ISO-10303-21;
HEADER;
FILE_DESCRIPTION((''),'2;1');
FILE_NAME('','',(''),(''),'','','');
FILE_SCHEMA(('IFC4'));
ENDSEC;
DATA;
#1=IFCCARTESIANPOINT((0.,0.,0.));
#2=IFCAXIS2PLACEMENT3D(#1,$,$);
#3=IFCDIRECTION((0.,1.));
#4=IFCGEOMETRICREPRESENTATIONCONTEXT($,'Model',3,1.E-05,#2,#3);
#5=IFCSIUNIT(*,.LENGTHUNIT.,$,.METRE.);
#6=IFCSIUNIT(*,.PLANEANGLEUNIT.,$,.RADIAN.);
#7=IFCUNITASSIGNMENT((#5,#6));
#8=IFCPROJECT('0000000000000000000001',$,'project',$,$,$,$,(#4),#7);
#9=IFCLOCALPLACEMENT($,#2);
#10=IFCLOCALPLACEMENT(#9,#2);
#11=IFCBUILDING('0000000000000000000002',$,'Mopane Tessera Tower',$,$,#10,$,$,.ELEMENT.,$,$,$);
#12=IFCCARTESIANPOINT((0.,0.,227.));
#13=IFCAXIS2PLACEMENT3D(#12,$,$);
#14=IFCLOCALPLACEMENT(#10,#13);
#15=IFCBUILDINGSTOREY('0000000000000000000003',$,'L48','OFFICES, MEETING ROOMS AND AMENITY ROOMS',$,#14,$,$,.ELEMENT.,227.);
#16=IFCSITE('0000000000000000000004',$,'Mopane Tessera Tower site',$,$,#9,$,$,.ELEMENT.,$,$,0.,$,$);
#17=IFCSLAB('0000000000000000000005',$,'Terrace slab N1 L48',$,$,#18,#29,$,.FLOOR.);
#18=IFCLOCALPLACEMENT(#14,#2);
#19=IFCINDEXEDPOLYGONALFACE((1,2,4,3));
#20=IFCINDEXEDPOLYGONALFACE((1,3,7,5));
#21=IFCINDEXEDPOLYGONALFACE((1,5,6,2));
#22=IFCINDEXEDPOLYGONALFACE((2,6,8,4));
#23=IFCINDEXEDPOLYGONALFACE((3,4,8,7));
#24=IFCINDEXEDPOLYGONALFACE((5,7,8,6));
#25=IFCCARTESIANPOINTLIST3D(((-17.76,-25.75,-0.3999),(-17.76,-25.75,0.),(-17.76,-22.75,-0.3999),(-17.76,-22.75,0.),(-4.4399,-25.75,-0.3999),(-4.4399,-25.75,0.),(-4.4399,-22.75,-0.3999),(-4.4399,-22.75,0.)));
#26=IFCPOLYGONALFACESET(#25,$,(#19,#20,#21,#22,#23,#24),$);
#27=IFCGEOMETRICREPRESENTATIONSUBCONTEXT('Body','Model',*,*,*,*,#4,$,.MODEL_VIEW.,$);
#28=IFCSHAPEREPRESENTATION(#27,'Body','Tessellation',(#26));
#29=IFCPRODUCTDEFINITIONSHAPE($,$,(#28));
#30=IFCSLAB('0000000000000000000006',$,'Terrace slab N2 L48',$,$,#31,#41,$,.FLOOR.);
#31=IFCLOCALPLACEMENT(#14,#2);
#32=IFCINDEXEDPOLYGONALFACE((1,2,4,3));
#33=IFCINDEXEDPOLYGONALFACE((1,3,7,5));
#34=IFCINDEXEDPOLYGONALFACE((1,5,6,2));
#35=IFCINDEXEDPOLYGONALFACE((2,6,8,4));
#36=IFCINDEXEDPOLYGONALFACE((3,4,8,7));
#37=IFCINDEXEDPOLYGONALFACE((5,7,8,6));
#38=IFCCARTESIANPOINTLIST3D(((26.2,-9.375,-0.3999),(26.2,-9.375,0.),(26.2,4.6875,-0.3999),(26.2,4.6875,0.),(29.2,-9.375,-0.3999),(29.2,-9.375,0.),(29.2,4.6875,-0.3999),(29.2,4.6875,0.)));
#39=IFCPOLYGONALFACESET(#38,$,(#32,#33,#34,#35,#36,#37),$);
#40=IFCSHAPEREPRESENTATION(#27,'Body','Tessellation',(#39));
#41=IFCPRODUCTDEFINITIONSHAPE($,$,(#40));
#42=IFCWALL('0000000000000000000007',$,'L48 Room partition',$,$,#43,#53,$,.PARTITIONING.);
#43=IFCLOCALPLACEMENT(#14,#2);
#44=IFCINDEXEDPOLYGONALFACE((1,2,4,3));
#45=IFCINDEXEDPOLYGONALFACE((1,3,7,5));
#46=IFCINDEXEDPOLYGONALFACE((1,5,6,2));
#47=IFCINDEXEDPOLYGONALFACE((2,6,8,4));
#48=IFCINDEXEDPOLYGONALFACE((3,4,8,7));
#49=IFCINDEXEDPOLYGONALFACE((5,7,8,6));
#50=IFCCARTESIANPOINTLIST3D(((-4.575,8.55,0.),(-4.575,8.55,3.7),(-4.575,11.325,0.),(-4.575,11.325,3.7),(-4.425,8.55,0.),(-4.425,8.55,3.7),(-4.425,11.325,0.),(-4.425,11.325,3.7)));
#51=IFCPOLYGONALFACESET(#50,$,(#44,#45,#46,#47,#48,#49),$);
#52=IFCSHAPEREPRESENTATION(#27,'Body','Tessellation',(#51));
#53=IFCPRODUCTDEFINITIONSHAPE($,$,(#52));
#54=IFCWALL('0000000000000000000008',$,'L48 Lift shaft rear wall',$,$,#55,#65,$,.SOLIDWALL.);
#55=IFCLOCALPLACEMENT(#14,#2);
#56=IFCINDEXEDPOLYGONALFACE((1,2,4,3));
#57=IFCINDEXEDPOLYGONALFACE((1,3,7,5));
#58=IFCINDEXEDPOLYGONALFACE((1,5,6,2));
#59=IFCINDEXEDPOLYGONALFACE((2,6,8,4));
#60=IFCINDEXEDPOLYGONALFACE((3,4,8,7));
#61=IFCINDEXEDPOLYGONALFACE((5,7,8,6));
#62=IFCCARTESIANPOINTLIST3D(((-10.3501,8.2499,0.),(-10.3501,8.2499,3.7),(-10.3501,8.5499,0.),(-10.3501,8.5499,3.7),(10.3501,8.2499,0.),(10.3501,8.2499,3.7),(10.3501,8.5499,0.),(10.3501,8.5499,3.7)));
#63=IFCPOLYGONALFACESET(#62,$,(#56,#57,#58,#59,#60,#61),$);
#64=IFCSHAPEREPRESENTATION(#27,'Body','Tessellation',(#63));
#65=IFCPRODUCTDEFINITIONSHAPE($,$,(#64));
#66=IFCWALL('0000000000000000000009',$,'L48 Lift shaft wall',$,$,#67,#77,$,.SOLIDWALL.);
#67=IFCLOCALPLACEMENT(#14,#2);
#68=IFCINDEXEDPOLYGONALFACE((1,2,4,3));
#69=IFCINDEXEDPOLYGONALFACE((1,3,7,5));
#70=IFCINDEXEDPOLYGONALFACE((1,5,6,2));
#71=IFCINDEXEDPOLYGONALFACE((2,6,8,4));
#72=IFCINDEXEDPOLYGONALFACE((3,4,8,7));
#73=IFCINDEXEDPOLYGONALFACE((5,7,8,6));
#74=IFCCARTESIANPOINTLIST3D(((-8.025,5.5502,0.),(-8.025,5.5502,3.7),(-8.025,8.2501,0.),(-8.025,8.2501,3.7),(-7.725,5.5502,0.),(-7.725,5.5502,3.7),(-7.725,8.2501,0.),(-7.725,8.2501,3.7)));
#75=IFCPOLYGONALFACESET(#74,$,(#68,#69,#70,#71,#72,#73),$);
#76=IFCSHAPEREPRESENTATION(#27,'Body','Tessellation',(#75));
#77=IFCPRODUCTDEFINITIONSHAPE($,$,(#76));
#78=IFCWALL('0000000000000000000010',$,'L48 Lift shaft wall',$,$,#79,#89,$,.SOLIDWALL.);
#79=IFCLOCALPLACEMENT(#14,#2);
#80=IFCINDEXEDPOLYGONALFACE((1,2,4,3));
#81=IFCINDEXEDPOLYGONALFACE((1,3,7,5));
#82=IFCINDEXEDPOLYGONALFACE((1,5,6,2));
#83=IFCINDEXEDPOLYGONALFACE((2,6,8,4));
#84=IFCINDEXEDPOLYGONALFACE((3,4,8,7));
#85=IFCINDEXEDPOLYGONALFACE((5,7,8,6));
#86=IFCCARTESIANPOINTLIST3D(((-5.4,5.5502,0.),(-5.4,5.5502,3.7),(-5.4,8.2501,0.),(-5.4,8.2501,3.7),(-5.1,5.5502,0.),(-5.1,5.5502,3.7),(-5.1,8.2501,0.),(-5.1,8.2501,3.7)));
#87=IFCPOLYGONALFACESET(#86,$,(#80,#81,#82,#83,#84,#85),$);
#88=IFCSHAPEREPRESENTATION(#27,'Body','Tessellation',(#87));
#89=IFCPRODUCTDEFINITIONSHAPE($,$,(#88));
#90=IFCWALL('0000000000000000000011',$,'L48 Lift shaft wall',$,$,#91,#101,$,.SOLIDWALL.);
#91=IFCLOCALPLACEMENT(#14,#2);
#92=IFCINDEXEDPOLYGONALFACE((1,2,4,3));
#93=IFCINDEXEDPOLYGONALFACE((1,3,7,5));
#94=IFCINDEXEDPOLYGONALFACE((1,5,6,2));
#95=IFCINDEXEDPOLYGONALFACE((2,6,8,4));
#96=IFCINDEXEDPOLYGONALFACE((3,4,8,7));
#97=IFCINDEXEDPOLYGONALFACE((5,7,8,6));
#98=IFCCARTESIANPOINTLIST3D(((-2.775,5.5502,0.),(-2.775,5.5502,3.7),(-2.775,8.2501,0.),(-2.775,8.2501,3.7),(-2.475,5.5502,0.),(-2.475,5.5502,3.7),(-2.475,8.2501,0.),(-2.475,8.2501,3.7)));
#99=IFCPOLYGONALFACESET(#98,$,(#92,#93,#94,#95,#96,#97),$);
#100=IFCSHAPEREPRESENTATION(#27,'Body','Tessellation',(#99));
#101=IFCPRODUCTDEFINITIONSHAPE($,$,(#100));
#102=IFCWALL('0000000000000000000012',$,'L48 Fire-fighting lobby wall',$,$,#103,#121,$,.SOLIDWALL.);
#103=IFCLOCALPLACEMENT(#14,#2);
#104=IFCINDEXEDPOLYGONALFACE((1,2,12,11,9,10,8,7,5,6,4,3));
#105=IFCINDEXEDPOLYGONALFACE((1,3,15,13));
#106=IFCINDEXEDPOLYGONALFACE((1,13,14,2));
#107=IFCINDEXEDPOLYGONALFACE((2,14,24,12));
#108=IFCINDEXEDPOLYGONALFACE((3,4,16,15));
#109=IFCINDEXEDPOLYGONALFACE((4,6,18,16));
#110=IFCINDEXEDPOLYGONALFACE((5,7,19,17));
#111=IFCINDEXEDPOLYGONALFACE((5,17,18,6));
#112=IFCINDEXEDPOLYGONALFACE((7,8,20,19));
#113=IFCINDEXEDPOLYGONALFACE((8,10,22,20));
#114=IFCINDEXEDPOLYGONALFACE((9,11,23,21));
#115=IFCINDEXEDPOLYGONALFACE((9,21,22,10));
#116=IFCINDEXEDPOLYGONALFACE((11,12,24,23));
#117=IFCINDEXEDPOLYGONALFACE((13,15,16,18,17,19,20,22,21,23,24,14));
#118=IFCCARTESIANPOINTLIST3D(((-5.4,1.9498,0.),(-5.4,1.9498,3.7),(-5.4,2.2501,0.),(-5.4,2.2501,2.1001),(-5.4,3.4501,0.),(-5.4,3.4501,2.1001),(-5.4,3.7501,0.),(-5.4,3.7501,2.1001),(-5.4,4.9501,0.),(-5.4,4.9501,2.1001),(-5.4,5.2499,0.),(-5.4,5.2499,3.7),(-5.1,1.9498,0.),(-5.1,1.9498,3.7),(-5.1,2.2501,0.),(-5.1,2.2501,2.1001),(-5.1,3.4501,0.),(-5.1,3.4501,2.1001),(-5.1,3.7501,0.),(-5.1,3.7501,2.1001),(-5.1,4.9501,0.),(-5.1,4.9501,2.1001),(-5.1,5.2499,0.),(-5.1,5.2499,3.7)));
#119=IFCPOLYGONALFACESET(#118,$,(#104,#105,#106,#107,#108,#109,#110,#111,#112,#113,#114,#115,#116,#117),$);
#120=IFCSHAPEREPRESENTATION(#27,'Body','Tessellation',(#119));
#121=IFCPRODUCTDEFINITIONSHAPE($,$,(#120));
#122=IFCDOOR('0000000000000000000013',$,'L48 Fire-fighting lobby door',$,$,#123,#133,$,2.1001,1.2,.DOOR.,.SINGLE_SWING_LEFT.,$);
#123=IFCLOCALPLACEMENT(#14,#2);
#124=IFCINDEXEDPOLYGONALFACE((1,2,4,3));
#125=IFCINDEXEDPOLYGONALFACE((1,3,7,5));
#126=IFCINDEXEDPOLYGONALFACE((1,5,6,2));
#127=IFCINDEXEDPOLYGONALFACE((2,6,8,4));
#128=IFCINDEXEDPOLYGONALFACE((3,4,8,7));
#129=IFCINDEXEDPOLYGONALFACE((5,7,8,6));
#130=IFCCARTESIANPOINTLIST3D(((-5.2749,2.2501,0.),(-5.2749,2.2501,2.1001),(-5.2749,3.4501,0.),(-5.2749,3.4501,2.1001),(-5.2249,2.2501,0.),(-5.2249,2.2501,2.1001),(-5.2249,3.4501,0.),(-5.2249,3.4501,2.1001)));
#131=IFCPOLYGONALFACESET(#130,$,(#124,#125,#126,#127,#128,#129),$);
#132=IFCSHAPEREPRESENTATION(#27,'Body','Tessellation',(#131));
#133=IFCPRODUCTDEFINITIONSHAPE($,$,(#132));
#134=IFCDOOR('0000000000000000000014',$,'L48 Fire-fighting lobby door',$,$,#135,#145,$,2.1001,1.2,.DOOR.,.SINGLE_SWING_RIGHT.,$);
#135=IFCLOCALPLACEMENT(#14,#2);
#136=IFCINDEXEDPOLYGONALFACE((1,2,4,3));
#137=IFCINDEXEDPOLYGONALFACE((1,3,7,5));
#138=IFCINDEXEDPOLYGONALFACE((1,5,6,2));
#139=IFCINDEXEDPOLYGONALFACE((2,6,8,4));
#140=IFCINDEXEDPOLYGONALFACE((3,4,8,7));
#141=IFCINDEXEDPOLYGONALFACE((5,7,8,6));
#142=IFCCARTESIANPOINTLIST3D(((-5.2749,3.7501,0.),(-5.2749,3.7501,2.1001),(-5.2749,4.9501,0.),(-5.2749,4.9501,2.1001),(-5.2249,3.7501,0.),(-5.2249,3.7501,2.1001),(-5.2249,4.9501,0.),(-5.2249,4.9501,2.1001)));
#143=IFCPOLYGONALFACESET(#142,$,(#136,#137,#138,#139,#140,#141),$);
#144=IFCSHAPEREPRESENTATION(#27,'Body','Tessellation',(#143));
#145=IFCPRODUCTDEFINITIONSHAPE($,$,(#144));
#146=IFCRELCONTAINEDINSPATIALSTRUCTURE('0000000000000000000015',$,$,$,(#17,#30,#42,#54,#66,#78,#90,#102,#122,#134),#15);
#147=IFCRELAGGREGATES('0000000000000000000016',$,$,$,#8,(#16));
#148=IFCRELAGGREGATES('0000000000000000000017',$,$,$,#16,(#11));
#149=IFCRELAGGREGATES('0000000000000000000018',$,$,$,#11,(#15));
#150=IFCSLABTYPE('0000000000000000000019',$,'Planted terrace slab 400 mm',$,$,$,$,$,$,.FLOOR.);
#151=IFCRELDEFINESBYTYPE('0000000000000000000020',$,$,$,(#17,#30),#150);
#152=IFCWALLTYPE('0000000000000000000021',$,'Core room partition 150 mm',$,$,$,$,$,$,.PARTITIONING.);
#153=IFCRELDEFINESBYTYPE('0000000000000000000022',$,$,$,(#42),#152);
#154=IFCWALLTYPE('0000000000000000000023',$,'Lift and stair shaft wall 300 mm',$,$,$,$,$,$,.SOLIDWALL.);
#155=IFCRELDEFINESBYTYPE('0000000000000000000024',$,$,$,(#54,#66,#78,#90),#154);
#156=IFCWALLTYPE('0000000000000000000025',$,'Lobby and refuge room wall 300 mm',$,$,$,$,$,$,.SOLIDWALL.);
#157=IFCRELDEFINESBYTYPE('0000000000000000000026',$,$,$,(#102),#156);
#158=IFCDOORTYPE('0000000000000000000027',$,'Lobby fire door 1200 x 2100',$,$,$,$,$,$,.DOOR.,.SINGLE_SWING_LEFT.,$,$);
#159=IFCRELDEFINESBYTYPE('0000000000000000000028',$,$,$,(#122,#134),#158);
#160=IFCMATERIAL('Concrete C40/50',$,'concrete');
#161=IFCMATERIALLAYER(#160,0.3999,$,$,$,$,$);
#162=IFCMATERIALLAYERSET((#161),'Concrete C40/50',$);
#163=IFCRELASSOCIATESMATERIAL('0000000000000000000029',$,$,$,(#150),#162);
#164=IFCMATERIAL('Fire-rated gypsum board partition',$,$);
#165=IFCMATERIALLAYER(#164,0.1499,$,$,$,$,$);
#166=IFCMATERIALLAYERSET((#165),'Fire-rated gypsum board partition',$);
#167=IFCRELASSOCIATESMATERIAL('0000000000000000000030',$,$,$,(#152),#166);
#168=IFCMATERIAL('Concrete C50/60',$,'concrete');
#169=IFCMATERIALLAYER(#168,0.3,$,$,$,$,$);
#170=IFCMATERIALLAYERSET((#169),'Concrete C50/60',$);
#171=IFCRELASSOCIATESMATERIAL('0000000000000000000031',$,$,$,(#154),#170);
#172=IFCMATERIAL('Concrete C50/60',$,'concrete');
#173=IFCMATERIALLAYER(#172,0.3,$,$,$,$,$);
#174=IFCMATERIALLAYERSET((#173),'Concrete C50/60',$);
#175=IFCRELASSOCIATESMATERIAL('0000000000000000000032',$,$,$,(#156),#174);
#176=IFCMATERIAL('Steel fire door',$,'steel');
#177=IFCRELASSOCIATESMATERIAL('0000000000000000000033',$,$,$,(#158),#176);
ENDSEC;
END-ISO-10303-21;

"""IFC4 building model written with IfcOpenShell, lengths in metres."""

from ifc_helpers import new_model, si_unit, direction, frame, frame_2d, origin, place, context, subcontext, project, spatial, polyline, rectangle, outline, extrude, material, layer, layer_set, type_object, element, fill, save


model = new_model("IFC4")

# Units and contexts
model_context = context("Model", 3, precision=1e-05, world=origin(), true_north=direction((0.0, 1.0)))
body_context = subcontext(model_context, "Body", "Model", "MODEL_VIEW")
ifc_project = project(units=[si_unit("LENGTHUNIT", "METRE"), si_unit("PLANEANGLEUNIT", "RADIAN")], contexts=[model_context])

# Site, building, storey
site_placement = place(None, origin())
site = spatial("IfcSite", under=ifc_project, at=site_placement, Name="Mopane Tessera Tower site", CompositionType="ELEMENT", RefElevation=0.0)
building_placement = place(site_placement, origin())
building = spatial("IfcBuilding", under=site, at=building_placement, Name="Mopane Tessera Tower", CompositionType="ELEMENT")
storey_placement = place(building_placement, frame((0.0, 0.0, 227.0)))
storey = spatial("IfcBuildingStorey", under=building, at=storey_placement, Name="L48", Description="OFFICES, MEETING ROOMS AND AMENITY ROOMS", CompositionType="ELEMENT", Elevation=227.0)

# Slabs
ifc_material_1 = material(Name="Concrete C40/50", Category="concrete")
ifc_layer_1 = layer(ifc_material_1, 0.3999)
ifc_layer_set_1 = layer_set([ifc_layer_1], Name="Concrete C40/50")
slab_type = type_object("IfcSlabType", Name="Planted terrace slab 400 mm", PredefinedType="FLOOR", material=ifc_layer_set_1)
slab_1_placement = place(storey_placement, frame((0.0, 0.0, -0.3999)))
element("IfcSlab", 1, at=slab_1_placement, inside=storey, type_object=slab_type, Name="Terrace slab N1 L48", PredefinedType="FLOOR", context=body_context, shape_type="SweptSolid", body=[
    extrude(outline(polyline([(-4.4399, -25.75), (-4.4399, -22.75), (-17.76, -22.75), (-17.76, -25.75), (-4.4399, -25.75)])), origin(), (0.0, 0.0, 1.0), 0.3999),
])
slab_2_placement = place(storey_placement, frame((0.0, 0.0, -0.3999)))
element("IfcSlab", 2, at=slab_2_placement, inside=storey, type_object=slab_type, Name="Terrace slab N2 L48", PredefinedType="FLOOR", context=body_context, shape_type="SweptSolid", body=[
    extrude(outline(polyline([(29.2, 4.6875), (26.2, 4.6875), (26.2, -9.375), (29.2, -9.375), (29.2, 4.6875)])), origin(), (0.0, 0.0, 1.0), 0.3999),
])

# Walls
ifc_material_2 = material(Name="Fire-rated gypsum board partition")
ifc_layer_2 = layer(ifc_material_2, 0.1499)
ifc_layer_set_2 = layer_set([ifc_layer_2], Name="Fire-rated gypsum board partition")
wall_type_1 = type_object("IfcWallType", Name="Core room partition 150 mm", PredefinedType="PARTITIONING", material=ifc_layer_set_2)
wall_1_placement = place(storey_placement, frame((-4.5, 8.55, 0.0), z_axis=(0.0, 0.0, 1.0), x_axis=(0.0, 1.0, 0.0)))
element("IfcWall", 3, at=wall_1_placement, inside=storey, type_object=wall_type_1, Name="L48 Room partition", PredefinedType="PARTITIONING", context=body_context, shape_type="SweptSolid", body=[
    extrude(rectangle(XDim=2.7749, YDim=0.1499, at=frame_2d((1.3875, 0.0))), origin(), (0.0, 0.0, 1.0), 3.7),
])
ifc_material_3 = material(Name="Concrete C50/60", Category="concrete")
ifc_layer_3 = layer(ifc_material_3, 0.3)
ifc_layer_set_3 = layer_set([ifc_layer_3], Name="Concrete C50/60")
wall_type_2 = type_object("IfcWallType", Name="Lift and stair shaft wall 300 mm", PredefinedType="SOLIDWALL", material=ifc_layer_set_3)
wall_2_placement = place(storey_placement, frame((-10.3501, 8.3999, 0.0), z_axis=(0.0, 0.0, 1.0), x_axis=(1.0, 0.0, 0.0)))
element("IfcWall", 4, at=wall_2_placement, inside=storey, type_object=wall_type_2, Name="L48 Lift shaft rear wall", PredefinedType="SOLIDWALL", context=body_context, shape_type="SweptSolid", body=[
    extrude(rectangle(XDim=20.7002, YDim=0.3, at=frame_2d((10.3501, 0.0))), origin(), (0.0, 0.0, 1.0), 3.7),
])
for number, where, z_axis, x_axis, name in (
    (5, (-7.875, 5.55, 0.0), (0.0, 0.0, 1.0), (0.0, 1.0, 0.0), "L48 Lift shaft wall"),
    (6, (-5.25, 5.55, 0.0), (0.0, 0.0, 1.0), (0.0, 1.0, 0.0), "L48 Lift shaft wall"),
    (7, (-2.625, 5.55, 0.0), (0.0, 0.0, 1.0), (0.0, 1.0, 0.0), "L48 Lift shaft wall"),
):
    element("IfcWall", number, at=place(storey_placement, frame(where, z_axis=z_axis, x_axis=x_axis)), inside=storey, type_object=wall_type_2, Name=name, PredefinedType="SOLIDWALL", context=body_context, shape_type="SweptSolid", body=[
        extrude(rectangle(XDim=2.7, YDim=0.3, at=frame_2d((1.3501, 0.0))), origin(), (0.0, 0.0, 1.0), 3.7),
    ])

# Wall, openings, doors
ifc_material_4 = material(Name="Concrete C50/60", Category="concrete")
ifc_layer_4 = layer(ifc_material_4, 0.3)
ifc_layer_set_4 = layer_set([ifc_layer_4], Name="Concrete C50/60")
wall_type_3 = type_object("IfcWallType", Name="Lobby and refuge room wall 300 mm", PredefinedType="SOLIDWALL", material=ifc_layer_set_4)
wall_3_placement = place(storey_placement, frame((-5.25, 1.95, 0.0), z_axis=(0.0, 0.0, 1.0), x_axis=(0.0, 1.0, 0.0)))
wall_3 = element("IfcWall", 8, at=wall_3_placement, inside=storey, type_object=wall_type_3, Name="L48 Fire-fighting lobby wall", PredefinedType="SOLIDWALL", context=body_context, shape_type="SweptSolid", body=[
    extrude(rectangle(XDim=3.3, YDim=0.3, at=frame_2d((1.6499, 0.0))), origin(), (0.0, 0.0, 1.0), 3.7),
])
opening_1_placement = place(wall_3_placement, frame((0.3, 0.0, 0.0)))
opening_1 = element("IfcOpeningElement", 9, at=opening_1_placement, cuts=wall_3, PredefinedType="OPENING", context=body_context, shape_type="SweptSolid", body=[
    extrude(rectangle(XDim=1.2, YDim=2.1001, at=frame_2d((0.6001, 1.05))), frame((0.0, 0.1621, 0.0), z_axis=(0.0, -1.0, 0.0), x_axis=(1.0, 0.0, 0.0)), (0.0, 0.0, 1.0), 0.324),
])
opening_2_placement = place(wall_3_placement, frame((1.8, 0.0, 0.0)))
opening_2 = element("IfcOpeningElement", 10, at=opening_2_placement, cuts=wall_3, PredefinedType="OPENING", context=body_context, shape_type="SweptSolid", body=[
    extrude(rectangle(XDim=1.2, YDim=2.1001, at=frame_2d((0.6001, 1.05))), frame((0.0, 0.1621, 0.0), z_axis=(0.0, -1.0, 0.0), x_axis=(1.0, 0.0, 0.0)), (0.0, 0.0, 1.0), 0.324),
])
ifc_material_5 = material(Name="Steel fire door", Category="steel")
door_type = type_object("IfcDoorType", Name="Lobby fire door 1200 x 2100", OperationType="SINGLE_SWING_LEFT", PredefinedType="DOOR", material=ifc_material_5)
door_1_placement = place(opening_1_placement, origin())
door_1 = element("IfcDoor", 11, at=door_1_placement, inside=storey, type_object=door_type, Name="L48 Fire-fighting lobby door", OperationType="SINGLE_SWING_LEFT", OverallHeight=2.1001, OverallWidth=1.2, PredefinedType="DOOR", context=body_context, shape_type="SweptSolid", body=[
    extrude(rectangle(XDim=1.2, YDim=2.1001, at=frame_2d((0.6001, 1.05))), frame((0.0, 0.0249, 0.0), z_axis=(0.0, -1.0, 0.0), x_axis=(1.0, 0.0, 0.0)), (0.0, 0.0, 1.0), 0.05),
])
fill(opening_1, door_1)
door_2_placement = place(opening_2_placement, origin())
door_2 = element("IfcDoor", 12, at=door_2_placement, inside=storey, type_object=door_type, Name="L48 Fire-fighting lobby door", OperationType="SINGLE_SWING_RIGHT", OverallHeight=2.1001, OverallWidth=1.2, PredefinedType="DOOR", context=body_context, shape_type="SweptSolid", body=[
    extrude(rectangle(XDim=1.2, YDim=2.1001, at=frame_2d((0.6001, 1.05))), frame((0.0, 0.0249, 0.0), z_axis=(0.0, -1.0, 0.0), x_axis=(1.0, 0.0, 0.0)), (0.0, 0.0, 1.0), 0.05),
])
fill(opening_2, door_2)

save(model, "model.ifc")
